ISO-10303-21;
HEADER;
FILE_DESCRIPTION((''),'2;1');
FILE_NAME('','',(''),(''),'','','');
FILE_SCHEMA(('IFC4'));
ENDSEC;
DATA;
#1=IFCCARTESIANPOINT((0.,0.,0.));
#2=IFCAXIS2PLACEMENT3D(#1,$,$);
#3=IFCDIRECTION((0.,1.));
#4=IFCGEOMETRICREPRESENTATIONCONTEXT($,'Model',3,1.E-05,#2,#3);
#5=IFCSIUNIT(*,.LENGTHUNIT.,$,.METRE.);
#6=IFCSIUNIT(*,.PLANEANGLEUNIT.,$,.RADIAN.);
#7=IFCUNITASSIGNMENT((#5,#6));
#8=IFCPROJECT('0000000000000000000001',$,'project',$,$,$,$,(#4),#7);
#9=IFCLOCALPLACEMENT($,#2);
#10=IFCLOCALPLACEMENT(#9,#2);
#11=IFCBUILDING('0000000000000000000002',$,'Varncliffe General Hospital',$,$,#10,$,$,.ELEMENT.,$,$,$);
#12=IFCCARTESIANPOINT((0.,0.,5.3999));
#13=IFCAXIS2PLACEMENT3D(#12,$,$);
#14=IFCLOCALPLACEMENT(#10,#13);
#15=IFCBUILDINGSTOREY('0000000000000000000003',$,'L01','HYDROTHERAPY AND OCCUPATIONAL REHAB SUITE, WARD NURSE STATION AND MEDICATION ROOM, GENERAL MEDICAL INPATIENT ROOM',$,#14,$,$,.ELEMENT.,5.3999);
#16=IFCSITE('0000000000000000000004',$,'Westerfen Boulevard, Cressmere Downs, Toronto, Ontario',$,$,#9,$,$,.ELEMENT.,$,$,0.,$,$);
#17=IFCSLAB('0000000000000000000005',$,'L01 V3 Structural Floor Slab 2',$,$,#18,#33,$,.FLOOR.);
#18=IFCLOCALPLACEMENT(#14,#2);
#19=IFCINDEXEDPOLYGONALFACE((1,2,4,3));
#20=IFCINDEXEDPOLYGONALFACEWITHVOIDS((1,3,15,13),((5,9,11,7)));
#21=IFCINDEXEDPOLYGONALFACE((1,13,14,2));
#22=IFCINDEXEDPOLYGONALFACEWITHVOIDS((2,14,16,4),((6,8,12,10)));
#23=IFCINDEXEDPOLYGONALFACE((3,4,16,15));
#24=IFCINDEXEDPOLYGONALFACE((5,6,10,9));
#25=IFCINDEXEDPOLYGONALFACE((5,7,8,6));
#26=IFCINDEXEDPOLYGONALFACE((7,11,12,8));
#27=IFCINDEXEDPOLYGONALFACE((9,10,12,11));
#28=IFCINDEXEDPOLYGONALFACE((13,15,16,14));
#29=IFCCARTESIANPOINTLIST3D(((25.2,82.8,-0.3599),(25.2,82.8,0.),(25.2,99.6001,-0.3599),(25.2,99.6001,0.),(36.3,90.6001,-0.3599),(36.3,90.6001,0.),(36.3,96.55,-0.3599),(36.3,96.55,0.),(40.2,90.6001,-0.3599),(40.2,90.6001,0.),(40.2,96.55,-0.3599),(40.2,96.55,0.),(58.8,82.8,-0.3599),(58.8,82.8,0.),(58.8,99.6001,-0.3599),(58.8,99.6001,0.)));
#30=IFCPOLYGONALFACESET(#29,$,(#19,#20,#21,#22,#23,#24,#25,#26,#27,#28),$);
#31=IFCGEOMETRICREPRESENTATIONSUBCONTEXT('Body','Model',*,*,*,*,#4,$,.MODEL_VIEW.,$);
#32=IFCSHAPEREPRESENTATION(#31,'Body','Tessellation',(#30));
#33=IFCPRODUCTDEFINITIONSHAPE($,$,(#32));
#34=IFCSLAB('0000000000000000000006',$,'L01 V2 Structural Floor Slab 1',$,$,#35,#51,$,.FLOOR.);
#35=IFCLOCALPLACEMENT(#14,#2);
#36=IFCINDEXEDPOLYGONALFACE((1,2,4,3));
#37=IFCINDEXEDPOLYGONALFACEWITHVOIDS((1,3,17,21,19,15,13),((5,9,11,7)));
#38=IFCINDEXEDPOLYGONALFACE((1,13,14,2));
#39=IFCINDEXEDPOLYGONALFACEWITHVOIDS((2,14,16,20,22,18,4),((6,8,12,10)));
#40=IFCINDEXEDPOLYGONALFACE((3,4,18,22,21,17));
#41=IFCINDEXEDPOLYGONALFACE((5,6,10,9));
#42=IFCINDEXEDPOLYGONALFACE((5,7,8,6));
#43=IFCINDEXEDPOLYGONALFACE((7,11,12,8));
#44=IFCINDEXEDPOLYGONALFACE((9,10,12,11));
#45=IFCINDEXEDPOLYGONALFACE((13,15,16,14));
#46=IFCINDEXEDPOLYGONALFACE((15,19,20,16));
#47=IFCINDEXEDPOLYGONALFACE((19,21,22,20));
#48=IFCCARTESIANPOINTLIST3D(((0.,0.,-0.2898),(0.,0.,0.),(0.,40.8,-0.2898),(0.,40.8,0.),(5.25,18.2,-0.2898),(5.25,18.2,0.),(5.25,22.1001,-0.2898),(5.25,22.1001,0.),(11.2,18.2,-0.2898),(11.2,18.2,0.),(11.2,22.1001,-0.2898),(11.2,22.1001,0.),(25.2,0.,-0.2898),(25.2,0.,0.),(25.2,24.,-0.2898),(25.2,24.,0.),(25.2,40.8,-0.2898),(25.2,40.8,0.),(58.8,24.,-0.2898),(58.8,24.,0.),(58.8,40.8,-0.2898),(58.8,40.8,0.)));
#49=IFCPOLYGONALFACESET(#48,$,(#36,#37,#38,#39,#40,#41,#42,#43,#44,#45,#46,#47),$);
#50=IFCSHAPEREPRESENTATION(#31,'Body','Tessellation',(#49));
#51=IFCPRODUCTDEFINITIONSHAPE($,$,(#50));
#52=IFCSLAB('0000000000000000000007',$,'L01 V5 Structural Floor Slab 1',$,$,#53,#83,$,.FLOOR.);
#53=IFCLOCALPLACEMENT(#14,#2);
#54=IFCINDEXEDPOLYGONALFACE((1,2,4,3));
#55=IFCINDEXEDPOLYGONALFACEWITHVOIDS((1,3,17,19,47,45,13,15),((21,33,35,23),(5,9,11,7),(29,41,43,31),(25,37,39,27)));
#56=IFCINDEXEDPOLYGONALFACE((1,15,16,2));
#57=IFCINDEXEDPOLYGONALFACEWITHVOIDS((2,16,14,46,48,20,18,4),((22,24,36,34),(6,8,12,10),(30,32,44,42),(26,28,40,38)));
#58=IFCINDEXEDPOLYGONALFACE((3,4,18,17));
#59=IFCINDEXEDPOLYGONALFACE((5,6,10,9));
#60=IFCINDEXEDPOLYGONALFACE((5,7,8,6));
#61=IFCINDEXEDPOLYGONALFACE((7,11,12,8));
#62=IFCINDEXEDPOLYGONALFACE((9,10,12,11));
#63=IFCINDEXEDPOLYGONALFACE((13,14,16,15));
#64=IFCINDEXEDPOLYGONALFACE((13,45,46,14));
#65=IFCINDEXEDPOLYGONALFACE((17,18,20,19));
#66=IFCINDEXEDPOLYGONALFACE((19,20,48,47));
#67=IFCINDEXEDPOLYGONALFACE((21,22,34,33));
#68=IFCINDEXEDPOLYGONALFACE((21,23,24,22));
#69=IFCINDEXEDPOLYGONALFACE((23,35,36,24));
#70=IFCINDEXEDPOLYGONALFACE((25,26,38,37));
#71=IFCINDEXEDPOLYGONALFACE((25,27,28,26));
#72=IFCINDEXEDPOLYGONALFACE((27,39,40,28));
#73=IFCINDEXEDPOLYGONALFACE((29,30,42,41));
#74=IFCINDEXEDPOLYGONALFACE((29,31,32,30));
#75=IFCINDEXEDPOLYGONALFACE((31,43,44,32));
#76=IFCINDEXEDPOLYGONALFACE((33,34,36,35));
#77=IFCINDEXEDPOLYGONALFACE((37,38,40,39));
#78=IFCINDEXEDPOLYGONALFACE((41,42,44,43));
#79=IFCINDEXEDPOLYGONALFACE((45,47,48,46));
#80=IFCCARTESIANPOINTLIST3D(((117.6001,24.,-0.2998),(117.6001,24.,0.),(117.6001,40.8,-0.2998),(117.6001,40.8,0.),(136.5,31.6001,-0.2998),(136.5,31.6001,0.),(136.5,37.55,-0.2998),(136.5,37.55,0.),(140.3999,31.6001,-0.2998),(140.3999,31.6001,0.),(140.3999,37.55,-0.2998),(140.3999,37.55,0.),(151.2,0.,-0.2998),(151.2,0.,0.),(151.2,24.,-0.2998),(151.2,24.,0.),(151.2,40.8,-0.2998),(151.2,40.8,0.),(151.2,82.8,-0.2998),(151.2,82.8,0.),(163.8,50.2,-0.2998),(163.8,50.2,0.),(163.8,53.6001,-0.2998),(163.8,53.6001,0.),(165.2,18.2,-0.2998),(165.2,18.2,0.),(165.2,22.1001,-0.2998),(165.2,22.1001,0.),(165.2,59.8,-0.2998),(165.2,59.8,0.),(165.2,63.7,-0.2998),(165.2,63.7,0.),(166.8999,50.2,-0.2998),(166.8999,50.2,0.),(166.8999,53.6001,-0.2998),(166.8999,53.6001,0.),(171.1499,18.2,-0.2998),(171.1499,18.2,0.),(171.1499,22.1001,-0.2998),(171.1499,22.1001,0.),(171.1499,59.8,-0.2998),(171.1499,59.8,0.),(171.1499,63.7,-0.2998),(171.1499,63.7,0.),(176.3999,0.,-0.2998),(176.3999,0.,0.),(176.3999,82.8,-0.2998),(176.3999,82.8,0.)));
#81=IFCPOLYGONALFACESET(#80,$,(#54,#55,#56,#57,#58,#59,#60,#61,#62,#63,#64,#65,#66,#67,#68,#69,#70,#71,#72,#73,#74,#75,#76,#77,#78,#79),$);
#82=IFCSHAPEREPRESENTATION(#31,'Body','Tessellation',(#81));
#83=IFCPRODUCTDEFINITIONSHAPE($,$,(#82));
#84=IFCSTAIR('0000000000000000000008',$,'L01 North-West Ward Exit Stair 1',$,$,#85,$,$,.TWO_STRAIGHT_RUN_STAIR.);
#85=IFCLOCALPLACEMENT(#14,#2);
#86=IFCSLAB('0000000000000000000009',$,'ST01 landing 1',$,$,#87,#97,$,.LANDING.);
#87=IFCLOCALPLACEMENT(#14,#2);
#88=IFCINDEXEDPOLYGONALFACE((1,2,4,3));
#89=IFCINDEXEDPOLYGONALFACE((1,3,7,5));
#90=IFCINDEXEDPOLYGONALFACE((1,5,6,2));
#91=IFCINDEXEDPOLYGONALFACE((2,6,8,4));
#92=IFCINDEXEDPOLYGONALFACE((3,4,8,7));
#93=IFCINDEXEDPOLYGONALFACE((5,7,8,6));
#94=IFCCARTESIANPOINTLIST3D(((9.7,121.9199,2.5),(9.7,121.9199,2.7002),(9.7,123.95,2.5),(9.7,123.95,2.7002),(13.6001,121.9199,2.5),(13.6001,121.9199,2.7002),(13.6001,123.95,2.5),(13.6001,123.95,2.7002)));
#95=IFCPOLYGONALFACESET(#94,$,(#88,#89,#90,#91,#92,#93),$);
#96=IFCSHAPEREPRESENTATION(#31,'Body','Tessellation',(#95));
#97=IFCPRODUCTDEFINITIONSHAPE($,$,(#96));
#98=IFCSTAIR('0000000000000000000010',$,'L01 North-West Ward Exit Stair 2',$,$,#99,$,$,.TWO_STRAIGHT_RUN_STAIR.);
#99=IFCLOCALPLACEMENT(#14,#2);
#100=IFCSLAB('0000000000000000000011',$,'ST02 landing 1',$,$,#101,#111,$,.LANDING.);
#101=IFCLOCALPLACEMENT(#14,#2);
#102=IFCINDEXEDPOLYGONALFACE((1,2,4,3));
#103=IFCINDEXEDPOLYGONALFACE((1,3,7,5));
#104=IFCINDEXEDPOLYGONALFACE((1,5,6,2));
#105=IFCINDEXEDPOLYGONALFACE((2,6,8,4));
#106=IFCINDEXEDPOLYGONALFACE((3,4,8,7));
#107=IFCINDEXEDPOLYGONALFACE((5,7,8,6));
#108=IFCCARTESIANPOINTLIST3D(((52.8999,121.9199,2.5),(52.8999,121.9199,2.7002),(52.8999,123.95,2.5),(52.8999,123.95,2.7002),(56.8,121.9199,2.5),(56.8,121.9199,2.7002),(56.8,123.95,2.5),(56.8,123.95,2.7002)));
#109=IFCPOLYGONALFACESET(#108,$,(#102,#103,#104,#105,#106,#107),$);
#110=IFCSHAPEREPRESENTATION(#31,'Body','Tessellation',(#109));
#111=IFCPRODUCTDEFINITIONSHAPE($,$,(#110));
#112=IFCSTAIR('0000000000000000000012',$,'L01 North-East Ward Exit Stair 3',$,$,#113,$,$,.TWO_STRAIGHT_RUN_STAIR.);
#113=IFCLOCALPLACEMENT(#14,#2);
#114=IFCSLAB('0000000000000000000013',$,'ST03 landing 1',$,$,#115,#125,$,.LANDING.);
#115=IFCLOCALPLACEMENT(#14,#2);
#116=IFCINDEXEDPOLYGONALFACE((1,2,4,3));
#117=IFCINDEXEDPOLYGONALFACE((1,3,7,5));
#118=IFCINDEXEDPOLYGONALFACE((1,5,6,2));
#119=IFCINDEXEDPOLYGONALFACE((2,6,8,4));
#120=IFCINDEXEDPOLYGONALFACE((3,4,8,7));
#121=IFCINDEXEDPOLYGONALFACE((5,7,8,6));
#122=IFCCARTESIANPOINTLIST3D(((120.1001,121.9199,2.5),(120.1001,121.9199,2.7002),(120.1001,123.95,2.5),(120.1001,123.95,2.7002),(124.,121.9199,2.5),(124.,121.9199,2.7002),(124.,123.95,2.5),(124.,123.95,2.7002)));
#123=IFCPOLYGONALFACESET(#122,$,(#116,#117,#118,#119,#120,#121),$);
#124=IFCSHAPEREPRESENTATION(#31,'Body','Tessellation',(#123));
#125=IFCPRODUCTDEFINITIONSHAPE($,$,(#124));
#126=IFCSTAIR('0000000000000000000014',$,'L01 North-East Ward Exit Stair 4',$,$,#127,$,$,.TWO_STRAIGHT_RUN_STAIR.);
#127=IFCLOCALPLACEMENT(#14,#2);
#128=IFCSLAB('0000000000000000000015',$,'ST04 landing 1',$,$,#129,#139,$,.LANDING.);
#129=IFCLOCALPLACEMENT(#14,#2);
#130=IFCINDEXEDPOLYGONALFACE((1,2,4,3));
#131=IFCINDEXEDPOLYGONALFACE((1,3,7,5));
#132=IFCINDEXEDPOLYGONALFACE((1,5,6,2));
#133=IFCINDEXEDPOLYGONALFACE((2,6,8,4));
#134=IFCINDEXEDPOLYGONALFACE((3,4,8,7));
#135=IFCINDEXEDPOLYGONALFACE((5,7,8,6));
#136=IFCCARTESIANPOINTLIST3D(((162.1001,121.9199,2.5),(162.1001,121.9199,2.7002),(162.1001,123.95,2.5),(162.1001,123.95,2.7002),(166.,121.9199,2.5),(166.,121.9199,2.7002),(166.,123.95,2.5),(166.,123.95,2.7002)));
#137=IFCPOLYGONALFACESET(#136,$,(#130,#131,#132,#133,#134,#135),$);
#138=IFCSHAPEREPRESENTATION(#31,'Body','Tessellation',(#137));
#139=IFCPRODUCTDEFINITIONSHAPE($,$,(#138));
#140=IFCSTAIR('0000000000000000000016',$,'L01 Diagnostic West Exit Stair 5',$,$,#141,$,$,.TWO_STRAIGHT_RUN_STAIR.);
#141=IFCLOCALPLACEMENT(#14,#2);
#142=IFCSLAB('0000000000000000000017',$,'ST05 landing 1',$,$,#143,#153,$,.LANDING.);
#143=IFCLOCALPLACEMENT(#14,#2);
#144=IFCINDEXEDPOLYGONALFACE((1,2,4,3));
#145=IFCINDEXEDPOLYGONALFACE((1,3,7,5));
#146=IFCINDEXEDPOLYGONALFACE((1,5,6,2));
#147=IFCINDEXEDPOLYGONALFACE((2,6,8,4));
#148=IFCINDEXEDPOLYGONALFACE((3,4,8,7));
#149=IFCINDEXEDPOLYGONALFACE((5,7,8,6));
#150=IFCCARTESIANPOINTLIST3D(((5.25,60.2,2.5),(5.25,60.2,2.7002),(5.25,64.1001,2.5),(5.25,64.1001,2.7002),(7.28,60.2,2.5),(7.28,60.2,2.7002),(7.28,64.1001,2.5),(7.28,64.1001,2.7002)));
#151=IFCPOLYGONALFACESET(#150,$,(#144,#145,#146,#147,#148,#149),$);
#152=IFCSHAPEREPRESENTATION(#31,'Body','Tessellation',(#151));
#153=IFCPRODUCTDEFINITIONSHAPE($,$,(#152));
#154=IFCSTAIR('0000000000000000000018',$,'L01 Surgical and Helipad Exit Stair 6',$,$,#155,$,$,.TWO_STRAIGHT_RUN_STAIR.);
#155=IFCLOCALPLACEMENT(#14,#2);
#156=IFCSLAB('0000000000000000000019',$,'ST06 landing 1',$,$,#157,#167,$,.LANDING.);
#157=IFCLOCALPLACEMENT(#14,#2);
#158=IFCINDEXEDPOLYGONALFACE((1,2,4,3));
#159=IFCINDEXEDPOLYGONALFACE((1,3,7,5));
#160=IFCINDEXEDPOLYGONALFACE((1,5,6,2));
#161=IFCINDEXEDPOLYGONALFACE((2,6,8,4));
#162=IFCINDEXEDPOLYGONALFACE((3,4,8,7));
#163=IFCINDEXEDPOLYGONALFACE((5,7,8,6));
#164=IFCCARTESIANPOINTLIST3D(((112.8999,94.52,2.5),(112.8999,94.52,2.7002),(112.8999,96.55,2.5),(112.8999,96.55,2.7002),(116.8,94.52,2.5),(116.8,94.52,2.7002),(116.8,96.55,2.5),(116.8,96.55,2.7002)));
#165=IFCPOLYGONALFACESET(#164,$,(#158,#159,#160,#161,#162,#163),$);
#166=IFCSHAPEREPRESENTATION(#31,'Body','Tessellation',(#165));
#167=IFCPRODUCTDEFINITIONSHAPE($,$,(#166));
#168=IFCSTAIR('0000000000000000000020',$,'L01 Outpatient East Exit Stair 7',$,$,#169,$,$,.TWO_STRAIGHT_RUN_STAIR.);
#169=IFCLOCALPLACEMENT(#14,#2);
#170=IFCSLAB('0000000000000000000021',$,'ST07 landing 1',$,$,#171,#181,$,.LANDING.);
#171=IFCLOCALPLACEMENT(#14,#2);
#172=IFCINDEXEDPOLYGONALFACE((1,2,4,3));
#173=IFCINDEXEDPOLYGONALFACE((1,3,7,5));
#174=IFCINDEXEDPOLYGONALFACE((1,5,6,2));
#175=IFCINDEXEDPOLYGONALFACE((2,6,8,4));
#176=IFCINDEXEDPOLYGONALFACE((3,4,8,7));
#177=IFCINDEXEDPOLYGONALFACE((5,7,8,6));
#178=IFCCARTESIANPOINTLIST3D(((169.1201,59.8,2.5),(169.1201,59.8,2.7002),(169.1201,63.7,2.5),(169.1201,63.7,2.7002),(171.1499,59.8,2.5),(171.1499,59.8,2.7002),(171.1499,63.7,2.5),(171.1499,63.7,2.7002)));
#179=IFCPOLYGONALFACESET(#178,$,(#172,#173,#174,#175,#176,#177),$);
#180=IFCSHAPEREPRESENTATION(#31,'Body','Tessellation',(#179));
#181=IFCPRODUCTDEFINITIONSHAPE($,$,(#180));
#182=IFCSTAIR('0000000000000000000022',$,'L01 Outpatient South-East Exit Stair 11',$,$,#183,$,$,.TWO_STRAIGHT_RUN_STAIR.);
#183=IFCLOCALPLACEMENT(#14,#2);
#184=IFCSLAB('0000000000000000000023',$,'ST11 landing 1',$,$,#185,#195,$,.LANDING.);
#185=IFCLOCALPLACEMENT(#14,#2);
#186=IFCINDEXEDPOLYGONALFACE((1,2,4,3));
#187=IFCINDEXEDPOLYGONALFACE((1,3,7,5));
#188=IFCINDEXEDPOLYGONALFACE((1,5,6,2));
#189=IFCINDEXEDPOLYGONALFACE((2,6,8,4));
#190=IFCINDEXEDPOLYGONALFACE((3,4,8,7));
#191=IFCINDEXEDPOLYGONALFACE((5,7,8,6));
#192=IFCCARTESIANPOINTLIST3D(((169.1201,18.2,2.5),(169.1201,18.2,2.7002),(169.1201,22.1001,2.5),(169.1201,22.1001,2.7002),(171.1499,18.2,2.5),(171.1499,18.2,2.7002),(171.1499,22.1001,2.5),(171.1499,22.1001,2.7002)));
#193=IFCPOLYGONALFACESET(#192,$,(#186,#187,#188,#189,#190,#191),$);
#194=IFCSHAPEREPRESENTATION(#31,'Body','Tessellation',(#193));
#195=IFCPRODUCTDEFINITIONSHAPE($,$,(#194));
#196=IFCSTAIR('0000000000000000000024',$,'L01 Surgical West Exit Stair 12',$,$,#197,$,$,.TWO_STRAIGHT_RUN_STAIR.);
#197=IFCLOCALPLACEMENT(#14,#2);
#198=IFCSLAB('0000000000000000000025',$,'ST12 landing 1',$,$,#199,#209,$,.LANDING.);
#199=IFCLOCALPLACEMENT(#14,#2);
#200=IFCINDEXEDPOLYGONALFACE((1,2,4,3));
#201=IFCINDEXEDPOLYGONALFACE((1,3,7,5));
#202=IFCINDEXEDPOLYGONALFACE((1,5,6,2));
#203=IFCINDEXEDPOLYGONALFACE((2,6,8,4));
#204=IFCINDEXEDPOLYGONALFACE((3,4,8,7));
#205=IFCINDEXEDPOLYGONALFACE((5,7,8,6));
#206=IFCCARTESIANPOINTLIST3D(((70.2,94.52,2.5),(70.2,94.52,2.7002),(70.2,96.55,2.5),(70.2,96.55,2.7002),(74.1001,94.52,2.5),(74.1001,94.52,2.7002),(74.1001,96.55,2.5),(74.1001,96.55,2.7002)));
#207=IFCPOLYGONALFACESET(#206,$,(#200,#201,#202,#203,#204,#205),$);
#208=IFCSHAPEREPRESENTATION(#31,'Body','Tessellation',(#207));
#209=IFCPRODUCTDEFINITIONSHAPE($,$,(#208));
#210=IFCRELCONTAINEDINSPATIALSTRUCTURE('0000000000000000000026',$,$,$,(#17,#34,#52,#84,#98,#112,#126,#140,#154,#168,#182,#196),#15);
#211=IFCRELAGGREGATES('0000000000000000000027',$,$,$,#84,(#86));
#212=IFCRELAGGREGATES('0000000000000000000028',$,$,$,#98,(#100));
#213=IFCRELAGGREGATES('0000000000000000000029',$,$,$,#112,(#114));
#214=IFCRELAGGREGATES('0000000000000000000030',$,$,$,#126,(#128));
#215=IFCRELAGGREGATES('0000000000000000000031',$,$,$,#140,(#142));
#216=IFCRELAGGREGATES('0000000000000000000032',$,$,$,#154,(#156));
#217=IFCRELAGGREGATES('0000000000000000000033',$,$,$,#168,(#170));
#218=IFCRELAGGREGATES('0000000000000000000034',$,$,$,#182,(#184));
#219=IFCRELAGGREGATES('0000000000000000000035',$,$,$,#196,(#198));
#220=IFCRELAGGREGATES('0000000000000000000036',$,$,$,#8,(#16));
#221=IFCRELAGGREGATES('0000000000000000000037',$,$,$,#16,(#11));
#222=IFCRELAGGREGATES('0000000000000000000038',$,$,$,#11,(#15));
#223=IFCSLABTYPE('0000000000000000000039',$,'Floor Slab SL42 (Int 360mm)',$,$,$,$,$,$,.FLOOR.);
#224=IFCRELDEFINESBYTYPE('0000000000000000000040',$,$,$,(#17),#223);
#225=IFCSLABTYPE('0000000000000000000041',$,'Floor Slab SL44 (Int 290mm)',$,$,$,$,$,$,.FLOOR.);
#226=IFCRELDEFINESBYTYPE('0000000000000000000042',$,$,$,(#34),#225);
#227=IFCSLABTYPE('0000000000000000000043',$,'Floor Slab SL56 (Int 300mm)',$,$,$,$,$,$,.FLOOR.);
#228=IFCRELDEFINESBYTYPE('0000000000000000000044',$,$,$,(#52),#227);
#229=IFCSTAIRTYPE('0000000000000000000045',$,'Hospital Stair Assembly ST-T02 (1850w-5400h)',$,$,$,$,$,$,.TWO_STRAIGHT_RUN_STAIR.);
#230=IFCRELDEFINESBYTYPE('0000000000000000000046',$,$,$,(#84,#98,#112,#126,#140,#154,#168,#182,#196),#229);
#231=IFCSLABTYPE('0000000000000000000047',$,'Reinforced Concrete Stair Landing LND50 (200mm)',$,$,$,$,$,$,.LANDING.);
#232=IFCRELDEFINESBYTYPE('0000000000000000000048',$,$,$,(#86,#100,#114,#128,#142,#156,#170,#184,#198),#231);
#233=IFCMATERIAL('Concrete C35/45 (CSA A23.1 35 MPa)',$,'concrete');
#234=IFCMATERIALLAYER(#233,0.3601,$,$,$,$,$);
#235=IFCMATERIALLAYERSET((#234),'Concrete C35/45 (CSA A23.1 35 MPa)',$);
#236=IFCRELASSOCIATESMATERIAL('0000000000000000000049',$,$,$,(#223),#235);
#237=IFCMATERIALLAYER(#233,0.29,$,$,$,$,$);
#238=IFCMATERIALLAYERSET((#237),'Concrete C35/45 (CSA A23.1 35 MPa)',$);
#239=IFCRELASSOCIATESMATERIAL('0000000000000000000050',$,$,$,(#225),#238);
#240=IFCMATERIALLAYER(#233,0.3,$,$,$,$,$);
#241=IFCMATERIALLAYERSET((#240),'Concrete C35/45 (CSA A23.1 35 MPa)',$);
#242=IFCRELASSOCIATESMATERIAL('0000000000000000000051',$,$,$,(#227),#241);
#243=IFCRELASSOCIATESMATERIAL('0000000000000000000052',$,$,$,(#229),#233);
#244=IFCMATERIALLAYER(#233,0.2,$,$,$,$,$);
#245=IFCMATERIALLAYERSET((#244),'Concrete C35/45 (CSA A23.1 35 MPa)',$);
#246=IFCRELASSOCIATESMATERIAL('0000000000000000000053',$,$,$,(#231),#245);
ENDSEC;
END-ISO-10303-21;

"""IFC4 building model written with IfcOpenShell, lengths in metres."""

from ifc_helpers import new_model, si_unit, direction, frame, origin, place, context, subcontext, project, spatial, polyline, outline, extrude, material, layer, layer_set, type_object, element, aggregate, save


model = new_model("IFC4")

# Units and contexts
model_context = context("Model", 3, precision=1e-05, world=origin(), true_north=direction((0.0, 1.0)))
body_context = subcontext(model_context, "Body", "Model", "MODEL_VIEW")
ifc_project = project(units=[si_unit("LENGTHUNIT", "METRE"), si_unit("PLANEANGLEUNIT", "RADIAN")], contexts=[model_context])

# Site, building, storey
site_placement = place(None, origin())
site = spatial("IfcSite", under=ifc_project, at=site_placement, Name="Westerfen Boulevard, Cressmere Downs, Toronto, Ontario", CompositionType="ELEMENT", RefElevation=0.0)
building_placement = place(site_placement, origin())
building = spatial("IfcBuilding", under=site, at=building_placement, Name="Varncliffe General Hospital", CompositionType="ELEMENT")
storey_placement = place(building_placement, frame((0.0, 0.0, 5.3999)))
storey = spatial("IfcBuildingStorey", under=building, at=storey_placement, Name="L01", Description="HYDROTHERAPY AND OCCUPATIONAL REHAB SUITE, WARD NURSE STATION AND MEDICATION ROOM, GENERAL MEDICAL INPATIENT ROOM", CompositionType="ELEMENT", Elevation=5.3999)

# Slabs
ifc_material_1 = material(Name="Concrete C35/45 (CSA A23.1 35 MPa)", Category="concrete")
ifc_layer_1 = layer(ifc_material_1, 0.3601)
ifc_layer_set_1 = layer_set([ifc_layer_1], Name="Concrete C35/45 (CSA A23.1 35 MPa)")
slab_type_1 = type_object("IfcSlabType", Name="Floor Slab SL42 (Int 360mm)", PredefinedType="FLOOR", material=ifc_layer_set_1)
slab_1_placement = place(storey_placement, frame((0.0, 0.0, -0.3599)))
element("IfcSlab", 1, at=slab_1_placement, inside=storey, type_object=slab_type_1, Name="L01 V3 Structural Floor Slab 2", PredefinedType="FLOOR", context=body_context, shape_type="SweptSolid", body=[
    extrude(outline(polyline([(25.2, 99.6001), (58.8, 99.6001), (58.8, 82.8), (25.2, 82.8), (25.2, 99.6001)]), holes=[polyline([(40.2, 90.6001), (40.2, 96.55), (36.3, 96.55), (36.3, 90.6001), (40.2, 90.6001)])]), origin(), (0.0, 0.0, 1.0), 0.3599),
])
ifc_layer_2 = layer(ifc_material_1, 0.29)
ifc_layer_set_2 = layer_set([ifc_layer_2], Name="Concrete C35/45 (CSA A23.1 35 MPa)")
slab_type_2 = type_object("IfcSlabType", Name="Floor Slab SL44 (Int 290mm)", PredefinedType="FLOOR", material=ifc_layer_set_2)
slab_2_placement = place(storey_placement, frame((0.0, 0.0, -0.2898)))
element("IfcSlab", 2, at=slab_2_placement, inside=storey, type_object=slab_type_2, Name="L01 V2 Structural Floor Slab 1", PredefinedType="FLOOR", context=body_context, shape_type="SweptSolid", body=[
    extrude(outline(polyline([(25.2, 0.0), (0.0, 0.0), (0.0, 40.8), (25.2, 40.8), (58.8, 40.8), (58.8, 24.0), (25.2, 24.0), (25.2, 0.0)]), holes=[polyline([(11.2, 22.1001), (5.25, 22.1001), (5.25, 18.2), (11.2, 18.2), (11.2, 22.1001)])]), origin(), (0.0, 0.0, 1.0), 0.2898),
])
ifc_layer_3 = layer(ifc_material_1, 0.3)
ifc_layer_set_3 = layer_set([ifc_layer_3], Name="Concrete C35/45 (CSA A23.1 35 MPa)")
slab_type_3 = type_object("IfcSlabType", Name="Floor Slab SL56 (Int 300mm)", PredefinedType="FLOOR", material=ifc_layer_set_3)
slab_3_placement = place(storey_placement, frame((0.0, 0.0, -0.2998)))
element("IfcSlab", 3, at=slab_3_placement, inside=storey, type_object=slab_type_3, Name="L01 V5 Structural Floor Slab 1", PredefinedType="FLOOR", context=body_context, shape_type="SweptSolid", body=[
    extrude(outline(polyline([(117.6001, 24.0), (117.6001, 40.8), (151.2, 40.8), (151.2, 82.8), (176.3999, 82.8), (176.3999, 0.0), (151.2, 0.0), (151.2, 24.0), (117.6001, 24.0)]), holes=[polyline([(165.2, 59.8), (171.1499, 59.8), (171.1499, 63.7), (165.2, 63.7), (165.2, 59.8)]), polyline([(165.2, 18.2), (171.1499, 18.2), (171.1499, 22.1001), (165.2, 22.1001), (165.2, 18.2)]), polyline([(140.3999, 31.6001), (140.3999, 37.55), (136.5, 37.55), (136.5, 31.6001), (140.3999, 31.6001)]), polyline([(163.8, 50.2), (166.8999, 50.2), (166.8999, 53.6001), (163.8, 53.6001), (163.8, 50.2)])]), origin(), (0.0, 0.0, 1.0), 0.2998),
])

# Stairs, slabs
stair_type = type_object("IfcStairType", Name="Hospital Stair Assembly ST-T02 (1850w-5400h)", PredefinedType="TWO_STRAIGHT_RUN_STAIR", material=ifc_material_1)
stair_1_placement = place(storey_placement, origin())
stair_1 = element("IfcStair", 4, at=stair_1_placement, inside=storey, type_object=stair_type, Name="L01 North-West Ward Exit Stair 1", PredefinedType="TWO_STRAIGHT_RUN_STAIR")
ifc_layer_4 = layer(ifc_material_1, 0.2)
ifc_layer_set_4 = layer_set([ifc_layer_4], Name="Concrete C35/45 (CSA A23.1 35 MPa)")
slab_type_4 = type_object("IfcSlabType", Name="Reinforced Concrete Stair Landing LND50 (200mm)", PredefinedType="LANDING", material=ifc_layer_set_4)
slab_4_placement = place(storey_placement, frame((0.0, 0.0, 2.5)))
slab_4 = element("IfcSlab", 5, at=slab_4_placement, type_object=slab_type_4, Name="ST01 landing 1", PredefinedType="LANDING", context=body_context, shape_type="SweptSolid", body=[
    extrude(outline(polyline([(13.6001, 121.9199), (13.6001, 123.95), (9.7, 123.95), (9.7, 121.9199), (13.6001, 121.9199)])), origin(), (0.0, 0.0, 1.0), 0.2002),
])
aggregate(stair_1, [slab_4])
stair_2_placement = place(storey_placement, origin())
stair_2 = element("IfcStair", 6, at=stair_2_placement, inside=storey, type_object=stair_type, Name="L01 North-West Ward Exit Stair 2", PredefinedType="TWO_STRAIGHT_RUN_STAIR")
slab_5_placement = place(storey_placement, frame((0.0, 0.0, 2.5)))
slab_5 = element("IfcSlab", 7, at=slab_5_placement, type_object=slab_type_4, Name="ST02 landing 1", PredefinedType="LANDING", context=body_context, shape_type="SweptSolid", body=[
    extrude(outline(polyline([(56.8, 121.9199), (56.8, 123.95), (52.8999, 123.95), (52.8999, 121.9199), (56.8, 121.9199)])), origin(), (0.0, 0.0, 1.0), 0.2002),
])
aggregate(stair_2, [slab_5])
stair_3_placement = place(storey_placement, origin())
stair_3 = element("IfcStair", 8, at=stair_3_placement, inside=storey, type_object=stair_type, Name="L01 North-East Ward Exit Stair 3", PredefinedType="TWO_STRAIGHT_RUN_STAIR")
slab_6_placement = place(storey_placement, frame((0.0, 0.0, 2.5)))
slab_6 = element("IfcSlab", 9, at=slab_6_placement, type_object=slab_type_4, Name="ST03 landing 1", PredefinedType="LANDING", context=body_context, shape_type="SweptSolid", body=[
    extrude(outline(polyline([(124.0, 121.9199), (124.0, 123.95), (120.1001, 123.95), (120.1001, 121.9199), (124.0, 121.9199)])), origin(), (0.0, 0.0, 1.0), 0.2002),
])
aggregate(stair_3, [slab_6])
stair_4_placement = place(storey_placement, origin())
stair_4 = element("IfcStair", 10, at=stair_4_placement, inside=storey, type_object=stair_type, Name="L01 North-East Ward Exit Stair 4", PredefinedType="TWO_STRAIGHT_RUN_STAIR")
slab_7_placement = place(storey_placement, frame((0.0, 0.0, 2.5)))
slab_7 = element("IfcSlab", 11, at=slab_7_placement, type_object=slab_type_4, Name="ST04 landing 1", PredefinedType="LANDING", context=body_context, shape_type="SweptSolid", body=[
    extrude(outline(polyline([(166.0, 121.9199), (166.0, 123.95), (162.1001, 123.95), (162.1001, 121.9199), (166.0, 121.9199)])), origin(), (0.0, 0.0, 1.0), 0.2002),
])
aggregate(stair_4, [slab_7])
stair_5_placement = place(storey_placement, origin())
stair_5 = element("IfcStair", 12, at=stair_5_placement, inside=storey, type_object=stair_type, Name="L01 Diagnostic West Exit Stair 5", PredefinedType="TWO_STRAIGHT_RUN_STAIR")
slab_8_placement = place(storey_placement, frame((0.0, 0.0, 2.5)))
slab_8 = element("IfcSlab", 13, at=slab_8_placement, type_object=slab_type_4, Name="ST05 landing 1", PredefinedType="LANDING", context=body_context, shape_type="SweptSolid", body=[
    extrude(outline(polyline([(7.28, 64.1001), (5.25, 64.1001), (5.25, 60.2), (7.28, 60.2), (7.28, 64.1001)])), origin(), (0.0, 0.0, 1.0), 0.2002),
])
aggregate(stair_5, [slab_8])
stair_6_placement = place(storey_placement, origin())
stair_6 = element("IfcStair", 14, at=stair_6_placement, inside=storey, type_object=stair_type, Name="L01 Surgical and Helipad Exit Stair 6", PredefinedType="TWO_STRAIGHT_RUN_STAIR")
slab_9_placement = place(storey_placement, frame((0.0, 0.0, 2.5)))
slab_9 = element("IfcSlab", 15, at=slab_9_placement, type_object=slab_type_4, Name="ST06 landing 1", PredefinedType="LANDING", context=body_context, shape_type="SweptSolid", body=[
    extrude(outline(polyline([(116.8, 94.52), (116.8, 96.55), (112.8999, 96.55), (112.8999, 94.52), (116.8, 94.52)])), origin(), (0.0, 0.0, 1.0), 0.2002),
])
aggregate(stair_6, [slab_9])
stair_7_placement = place(storey_placement, origin())
stair_7 = element("IfcStair", 16, at=stair_7_placement, inside=storey, type_object=stair_type, Name="L01 Outpatient East Exit Stair 7", PredefinedType="TWO_STRAIGHT_RUN_STAIR")
slab_10_placement = place(storey_placement, frame((0.0, 0.0, 2.5)))
slab_10 = element("IfcSlab", 17, at=slab_10_placement, type_object=slab_type_4, Name="ST07 landing 1", PredefinedType="LANDING", context=body_context, shape_type="SweptSolid", body=[
    extrude(outline(polyline([(169.1201, 59.8), (171.1499, 59.8), (171.1499, 63.7), (169.1201, 63.7), (169.1201, 59.8)])), origin(), (0.0, 0.0, 1.0), 0.2002),
])
aggregate(stair_7, [slab_10])
stair_8_placement = place(storey_placement, origin())
stair_8 = element("IfcStair", 18, at=stair_8_placement, inside=storey, type_object=stair_type, Name="L01 Outpatient South-East Exit Stair 11", PredefinedType="TWO_STRAIGHT_RUN_STAIR")
slab_11_placement = place(storey_placement, frame((0.0, 0.0, 2.5)))
slab_11 = element("IfcSlab", 19, at=slab_11_placement, type_object=slab_type_4, Name="ST11 landing 1", PredefinedType="LANDING", context=body_context, shape_type="SweptSolid", body=[
    extrude(outline(polyline([(169.1201, 18.2), (171.1499, 18.2), (171.1499, 22.1001), (169.1201, 22.1001), (169.1201, 18.2)])), origin(), (0.0, 0.0, 1.0), 0.2002),
])
aggregate(stair_8, [slab_11])
stair_9_placement = place(storey_placement, origin())
stair_9 = element("IfcStair", 20, at=stair_9_placement, inside=storey, type_object=stair_type, Name="L01 Surgical West Exit Stair 12", PredefinedType="TWO_STRAIGHT_RUN_STAIR")
slab_12_placement = place(storey_placement, frame((0.0, 0.0, 2.5)))
slab_12 = element("IfcSlab", 21, at=slab_12_placement, type_object=slab_type_4, Name="ST12 landing 1", PredefinedType="LANDING", context=body_context, shape_type="SweptSolid", body=[
    extrude(outline(polyline([(74.1001, 94.52), (74.1001, 96.55), (70.2, 96.55), (70.2, 94.52), (74.1001, 94.52)])), origin(), (0.0, 0.0, 1.0), 0.2002),
])
aggregate(stair_9, [slab_12])

save(model, "model.ifc")
